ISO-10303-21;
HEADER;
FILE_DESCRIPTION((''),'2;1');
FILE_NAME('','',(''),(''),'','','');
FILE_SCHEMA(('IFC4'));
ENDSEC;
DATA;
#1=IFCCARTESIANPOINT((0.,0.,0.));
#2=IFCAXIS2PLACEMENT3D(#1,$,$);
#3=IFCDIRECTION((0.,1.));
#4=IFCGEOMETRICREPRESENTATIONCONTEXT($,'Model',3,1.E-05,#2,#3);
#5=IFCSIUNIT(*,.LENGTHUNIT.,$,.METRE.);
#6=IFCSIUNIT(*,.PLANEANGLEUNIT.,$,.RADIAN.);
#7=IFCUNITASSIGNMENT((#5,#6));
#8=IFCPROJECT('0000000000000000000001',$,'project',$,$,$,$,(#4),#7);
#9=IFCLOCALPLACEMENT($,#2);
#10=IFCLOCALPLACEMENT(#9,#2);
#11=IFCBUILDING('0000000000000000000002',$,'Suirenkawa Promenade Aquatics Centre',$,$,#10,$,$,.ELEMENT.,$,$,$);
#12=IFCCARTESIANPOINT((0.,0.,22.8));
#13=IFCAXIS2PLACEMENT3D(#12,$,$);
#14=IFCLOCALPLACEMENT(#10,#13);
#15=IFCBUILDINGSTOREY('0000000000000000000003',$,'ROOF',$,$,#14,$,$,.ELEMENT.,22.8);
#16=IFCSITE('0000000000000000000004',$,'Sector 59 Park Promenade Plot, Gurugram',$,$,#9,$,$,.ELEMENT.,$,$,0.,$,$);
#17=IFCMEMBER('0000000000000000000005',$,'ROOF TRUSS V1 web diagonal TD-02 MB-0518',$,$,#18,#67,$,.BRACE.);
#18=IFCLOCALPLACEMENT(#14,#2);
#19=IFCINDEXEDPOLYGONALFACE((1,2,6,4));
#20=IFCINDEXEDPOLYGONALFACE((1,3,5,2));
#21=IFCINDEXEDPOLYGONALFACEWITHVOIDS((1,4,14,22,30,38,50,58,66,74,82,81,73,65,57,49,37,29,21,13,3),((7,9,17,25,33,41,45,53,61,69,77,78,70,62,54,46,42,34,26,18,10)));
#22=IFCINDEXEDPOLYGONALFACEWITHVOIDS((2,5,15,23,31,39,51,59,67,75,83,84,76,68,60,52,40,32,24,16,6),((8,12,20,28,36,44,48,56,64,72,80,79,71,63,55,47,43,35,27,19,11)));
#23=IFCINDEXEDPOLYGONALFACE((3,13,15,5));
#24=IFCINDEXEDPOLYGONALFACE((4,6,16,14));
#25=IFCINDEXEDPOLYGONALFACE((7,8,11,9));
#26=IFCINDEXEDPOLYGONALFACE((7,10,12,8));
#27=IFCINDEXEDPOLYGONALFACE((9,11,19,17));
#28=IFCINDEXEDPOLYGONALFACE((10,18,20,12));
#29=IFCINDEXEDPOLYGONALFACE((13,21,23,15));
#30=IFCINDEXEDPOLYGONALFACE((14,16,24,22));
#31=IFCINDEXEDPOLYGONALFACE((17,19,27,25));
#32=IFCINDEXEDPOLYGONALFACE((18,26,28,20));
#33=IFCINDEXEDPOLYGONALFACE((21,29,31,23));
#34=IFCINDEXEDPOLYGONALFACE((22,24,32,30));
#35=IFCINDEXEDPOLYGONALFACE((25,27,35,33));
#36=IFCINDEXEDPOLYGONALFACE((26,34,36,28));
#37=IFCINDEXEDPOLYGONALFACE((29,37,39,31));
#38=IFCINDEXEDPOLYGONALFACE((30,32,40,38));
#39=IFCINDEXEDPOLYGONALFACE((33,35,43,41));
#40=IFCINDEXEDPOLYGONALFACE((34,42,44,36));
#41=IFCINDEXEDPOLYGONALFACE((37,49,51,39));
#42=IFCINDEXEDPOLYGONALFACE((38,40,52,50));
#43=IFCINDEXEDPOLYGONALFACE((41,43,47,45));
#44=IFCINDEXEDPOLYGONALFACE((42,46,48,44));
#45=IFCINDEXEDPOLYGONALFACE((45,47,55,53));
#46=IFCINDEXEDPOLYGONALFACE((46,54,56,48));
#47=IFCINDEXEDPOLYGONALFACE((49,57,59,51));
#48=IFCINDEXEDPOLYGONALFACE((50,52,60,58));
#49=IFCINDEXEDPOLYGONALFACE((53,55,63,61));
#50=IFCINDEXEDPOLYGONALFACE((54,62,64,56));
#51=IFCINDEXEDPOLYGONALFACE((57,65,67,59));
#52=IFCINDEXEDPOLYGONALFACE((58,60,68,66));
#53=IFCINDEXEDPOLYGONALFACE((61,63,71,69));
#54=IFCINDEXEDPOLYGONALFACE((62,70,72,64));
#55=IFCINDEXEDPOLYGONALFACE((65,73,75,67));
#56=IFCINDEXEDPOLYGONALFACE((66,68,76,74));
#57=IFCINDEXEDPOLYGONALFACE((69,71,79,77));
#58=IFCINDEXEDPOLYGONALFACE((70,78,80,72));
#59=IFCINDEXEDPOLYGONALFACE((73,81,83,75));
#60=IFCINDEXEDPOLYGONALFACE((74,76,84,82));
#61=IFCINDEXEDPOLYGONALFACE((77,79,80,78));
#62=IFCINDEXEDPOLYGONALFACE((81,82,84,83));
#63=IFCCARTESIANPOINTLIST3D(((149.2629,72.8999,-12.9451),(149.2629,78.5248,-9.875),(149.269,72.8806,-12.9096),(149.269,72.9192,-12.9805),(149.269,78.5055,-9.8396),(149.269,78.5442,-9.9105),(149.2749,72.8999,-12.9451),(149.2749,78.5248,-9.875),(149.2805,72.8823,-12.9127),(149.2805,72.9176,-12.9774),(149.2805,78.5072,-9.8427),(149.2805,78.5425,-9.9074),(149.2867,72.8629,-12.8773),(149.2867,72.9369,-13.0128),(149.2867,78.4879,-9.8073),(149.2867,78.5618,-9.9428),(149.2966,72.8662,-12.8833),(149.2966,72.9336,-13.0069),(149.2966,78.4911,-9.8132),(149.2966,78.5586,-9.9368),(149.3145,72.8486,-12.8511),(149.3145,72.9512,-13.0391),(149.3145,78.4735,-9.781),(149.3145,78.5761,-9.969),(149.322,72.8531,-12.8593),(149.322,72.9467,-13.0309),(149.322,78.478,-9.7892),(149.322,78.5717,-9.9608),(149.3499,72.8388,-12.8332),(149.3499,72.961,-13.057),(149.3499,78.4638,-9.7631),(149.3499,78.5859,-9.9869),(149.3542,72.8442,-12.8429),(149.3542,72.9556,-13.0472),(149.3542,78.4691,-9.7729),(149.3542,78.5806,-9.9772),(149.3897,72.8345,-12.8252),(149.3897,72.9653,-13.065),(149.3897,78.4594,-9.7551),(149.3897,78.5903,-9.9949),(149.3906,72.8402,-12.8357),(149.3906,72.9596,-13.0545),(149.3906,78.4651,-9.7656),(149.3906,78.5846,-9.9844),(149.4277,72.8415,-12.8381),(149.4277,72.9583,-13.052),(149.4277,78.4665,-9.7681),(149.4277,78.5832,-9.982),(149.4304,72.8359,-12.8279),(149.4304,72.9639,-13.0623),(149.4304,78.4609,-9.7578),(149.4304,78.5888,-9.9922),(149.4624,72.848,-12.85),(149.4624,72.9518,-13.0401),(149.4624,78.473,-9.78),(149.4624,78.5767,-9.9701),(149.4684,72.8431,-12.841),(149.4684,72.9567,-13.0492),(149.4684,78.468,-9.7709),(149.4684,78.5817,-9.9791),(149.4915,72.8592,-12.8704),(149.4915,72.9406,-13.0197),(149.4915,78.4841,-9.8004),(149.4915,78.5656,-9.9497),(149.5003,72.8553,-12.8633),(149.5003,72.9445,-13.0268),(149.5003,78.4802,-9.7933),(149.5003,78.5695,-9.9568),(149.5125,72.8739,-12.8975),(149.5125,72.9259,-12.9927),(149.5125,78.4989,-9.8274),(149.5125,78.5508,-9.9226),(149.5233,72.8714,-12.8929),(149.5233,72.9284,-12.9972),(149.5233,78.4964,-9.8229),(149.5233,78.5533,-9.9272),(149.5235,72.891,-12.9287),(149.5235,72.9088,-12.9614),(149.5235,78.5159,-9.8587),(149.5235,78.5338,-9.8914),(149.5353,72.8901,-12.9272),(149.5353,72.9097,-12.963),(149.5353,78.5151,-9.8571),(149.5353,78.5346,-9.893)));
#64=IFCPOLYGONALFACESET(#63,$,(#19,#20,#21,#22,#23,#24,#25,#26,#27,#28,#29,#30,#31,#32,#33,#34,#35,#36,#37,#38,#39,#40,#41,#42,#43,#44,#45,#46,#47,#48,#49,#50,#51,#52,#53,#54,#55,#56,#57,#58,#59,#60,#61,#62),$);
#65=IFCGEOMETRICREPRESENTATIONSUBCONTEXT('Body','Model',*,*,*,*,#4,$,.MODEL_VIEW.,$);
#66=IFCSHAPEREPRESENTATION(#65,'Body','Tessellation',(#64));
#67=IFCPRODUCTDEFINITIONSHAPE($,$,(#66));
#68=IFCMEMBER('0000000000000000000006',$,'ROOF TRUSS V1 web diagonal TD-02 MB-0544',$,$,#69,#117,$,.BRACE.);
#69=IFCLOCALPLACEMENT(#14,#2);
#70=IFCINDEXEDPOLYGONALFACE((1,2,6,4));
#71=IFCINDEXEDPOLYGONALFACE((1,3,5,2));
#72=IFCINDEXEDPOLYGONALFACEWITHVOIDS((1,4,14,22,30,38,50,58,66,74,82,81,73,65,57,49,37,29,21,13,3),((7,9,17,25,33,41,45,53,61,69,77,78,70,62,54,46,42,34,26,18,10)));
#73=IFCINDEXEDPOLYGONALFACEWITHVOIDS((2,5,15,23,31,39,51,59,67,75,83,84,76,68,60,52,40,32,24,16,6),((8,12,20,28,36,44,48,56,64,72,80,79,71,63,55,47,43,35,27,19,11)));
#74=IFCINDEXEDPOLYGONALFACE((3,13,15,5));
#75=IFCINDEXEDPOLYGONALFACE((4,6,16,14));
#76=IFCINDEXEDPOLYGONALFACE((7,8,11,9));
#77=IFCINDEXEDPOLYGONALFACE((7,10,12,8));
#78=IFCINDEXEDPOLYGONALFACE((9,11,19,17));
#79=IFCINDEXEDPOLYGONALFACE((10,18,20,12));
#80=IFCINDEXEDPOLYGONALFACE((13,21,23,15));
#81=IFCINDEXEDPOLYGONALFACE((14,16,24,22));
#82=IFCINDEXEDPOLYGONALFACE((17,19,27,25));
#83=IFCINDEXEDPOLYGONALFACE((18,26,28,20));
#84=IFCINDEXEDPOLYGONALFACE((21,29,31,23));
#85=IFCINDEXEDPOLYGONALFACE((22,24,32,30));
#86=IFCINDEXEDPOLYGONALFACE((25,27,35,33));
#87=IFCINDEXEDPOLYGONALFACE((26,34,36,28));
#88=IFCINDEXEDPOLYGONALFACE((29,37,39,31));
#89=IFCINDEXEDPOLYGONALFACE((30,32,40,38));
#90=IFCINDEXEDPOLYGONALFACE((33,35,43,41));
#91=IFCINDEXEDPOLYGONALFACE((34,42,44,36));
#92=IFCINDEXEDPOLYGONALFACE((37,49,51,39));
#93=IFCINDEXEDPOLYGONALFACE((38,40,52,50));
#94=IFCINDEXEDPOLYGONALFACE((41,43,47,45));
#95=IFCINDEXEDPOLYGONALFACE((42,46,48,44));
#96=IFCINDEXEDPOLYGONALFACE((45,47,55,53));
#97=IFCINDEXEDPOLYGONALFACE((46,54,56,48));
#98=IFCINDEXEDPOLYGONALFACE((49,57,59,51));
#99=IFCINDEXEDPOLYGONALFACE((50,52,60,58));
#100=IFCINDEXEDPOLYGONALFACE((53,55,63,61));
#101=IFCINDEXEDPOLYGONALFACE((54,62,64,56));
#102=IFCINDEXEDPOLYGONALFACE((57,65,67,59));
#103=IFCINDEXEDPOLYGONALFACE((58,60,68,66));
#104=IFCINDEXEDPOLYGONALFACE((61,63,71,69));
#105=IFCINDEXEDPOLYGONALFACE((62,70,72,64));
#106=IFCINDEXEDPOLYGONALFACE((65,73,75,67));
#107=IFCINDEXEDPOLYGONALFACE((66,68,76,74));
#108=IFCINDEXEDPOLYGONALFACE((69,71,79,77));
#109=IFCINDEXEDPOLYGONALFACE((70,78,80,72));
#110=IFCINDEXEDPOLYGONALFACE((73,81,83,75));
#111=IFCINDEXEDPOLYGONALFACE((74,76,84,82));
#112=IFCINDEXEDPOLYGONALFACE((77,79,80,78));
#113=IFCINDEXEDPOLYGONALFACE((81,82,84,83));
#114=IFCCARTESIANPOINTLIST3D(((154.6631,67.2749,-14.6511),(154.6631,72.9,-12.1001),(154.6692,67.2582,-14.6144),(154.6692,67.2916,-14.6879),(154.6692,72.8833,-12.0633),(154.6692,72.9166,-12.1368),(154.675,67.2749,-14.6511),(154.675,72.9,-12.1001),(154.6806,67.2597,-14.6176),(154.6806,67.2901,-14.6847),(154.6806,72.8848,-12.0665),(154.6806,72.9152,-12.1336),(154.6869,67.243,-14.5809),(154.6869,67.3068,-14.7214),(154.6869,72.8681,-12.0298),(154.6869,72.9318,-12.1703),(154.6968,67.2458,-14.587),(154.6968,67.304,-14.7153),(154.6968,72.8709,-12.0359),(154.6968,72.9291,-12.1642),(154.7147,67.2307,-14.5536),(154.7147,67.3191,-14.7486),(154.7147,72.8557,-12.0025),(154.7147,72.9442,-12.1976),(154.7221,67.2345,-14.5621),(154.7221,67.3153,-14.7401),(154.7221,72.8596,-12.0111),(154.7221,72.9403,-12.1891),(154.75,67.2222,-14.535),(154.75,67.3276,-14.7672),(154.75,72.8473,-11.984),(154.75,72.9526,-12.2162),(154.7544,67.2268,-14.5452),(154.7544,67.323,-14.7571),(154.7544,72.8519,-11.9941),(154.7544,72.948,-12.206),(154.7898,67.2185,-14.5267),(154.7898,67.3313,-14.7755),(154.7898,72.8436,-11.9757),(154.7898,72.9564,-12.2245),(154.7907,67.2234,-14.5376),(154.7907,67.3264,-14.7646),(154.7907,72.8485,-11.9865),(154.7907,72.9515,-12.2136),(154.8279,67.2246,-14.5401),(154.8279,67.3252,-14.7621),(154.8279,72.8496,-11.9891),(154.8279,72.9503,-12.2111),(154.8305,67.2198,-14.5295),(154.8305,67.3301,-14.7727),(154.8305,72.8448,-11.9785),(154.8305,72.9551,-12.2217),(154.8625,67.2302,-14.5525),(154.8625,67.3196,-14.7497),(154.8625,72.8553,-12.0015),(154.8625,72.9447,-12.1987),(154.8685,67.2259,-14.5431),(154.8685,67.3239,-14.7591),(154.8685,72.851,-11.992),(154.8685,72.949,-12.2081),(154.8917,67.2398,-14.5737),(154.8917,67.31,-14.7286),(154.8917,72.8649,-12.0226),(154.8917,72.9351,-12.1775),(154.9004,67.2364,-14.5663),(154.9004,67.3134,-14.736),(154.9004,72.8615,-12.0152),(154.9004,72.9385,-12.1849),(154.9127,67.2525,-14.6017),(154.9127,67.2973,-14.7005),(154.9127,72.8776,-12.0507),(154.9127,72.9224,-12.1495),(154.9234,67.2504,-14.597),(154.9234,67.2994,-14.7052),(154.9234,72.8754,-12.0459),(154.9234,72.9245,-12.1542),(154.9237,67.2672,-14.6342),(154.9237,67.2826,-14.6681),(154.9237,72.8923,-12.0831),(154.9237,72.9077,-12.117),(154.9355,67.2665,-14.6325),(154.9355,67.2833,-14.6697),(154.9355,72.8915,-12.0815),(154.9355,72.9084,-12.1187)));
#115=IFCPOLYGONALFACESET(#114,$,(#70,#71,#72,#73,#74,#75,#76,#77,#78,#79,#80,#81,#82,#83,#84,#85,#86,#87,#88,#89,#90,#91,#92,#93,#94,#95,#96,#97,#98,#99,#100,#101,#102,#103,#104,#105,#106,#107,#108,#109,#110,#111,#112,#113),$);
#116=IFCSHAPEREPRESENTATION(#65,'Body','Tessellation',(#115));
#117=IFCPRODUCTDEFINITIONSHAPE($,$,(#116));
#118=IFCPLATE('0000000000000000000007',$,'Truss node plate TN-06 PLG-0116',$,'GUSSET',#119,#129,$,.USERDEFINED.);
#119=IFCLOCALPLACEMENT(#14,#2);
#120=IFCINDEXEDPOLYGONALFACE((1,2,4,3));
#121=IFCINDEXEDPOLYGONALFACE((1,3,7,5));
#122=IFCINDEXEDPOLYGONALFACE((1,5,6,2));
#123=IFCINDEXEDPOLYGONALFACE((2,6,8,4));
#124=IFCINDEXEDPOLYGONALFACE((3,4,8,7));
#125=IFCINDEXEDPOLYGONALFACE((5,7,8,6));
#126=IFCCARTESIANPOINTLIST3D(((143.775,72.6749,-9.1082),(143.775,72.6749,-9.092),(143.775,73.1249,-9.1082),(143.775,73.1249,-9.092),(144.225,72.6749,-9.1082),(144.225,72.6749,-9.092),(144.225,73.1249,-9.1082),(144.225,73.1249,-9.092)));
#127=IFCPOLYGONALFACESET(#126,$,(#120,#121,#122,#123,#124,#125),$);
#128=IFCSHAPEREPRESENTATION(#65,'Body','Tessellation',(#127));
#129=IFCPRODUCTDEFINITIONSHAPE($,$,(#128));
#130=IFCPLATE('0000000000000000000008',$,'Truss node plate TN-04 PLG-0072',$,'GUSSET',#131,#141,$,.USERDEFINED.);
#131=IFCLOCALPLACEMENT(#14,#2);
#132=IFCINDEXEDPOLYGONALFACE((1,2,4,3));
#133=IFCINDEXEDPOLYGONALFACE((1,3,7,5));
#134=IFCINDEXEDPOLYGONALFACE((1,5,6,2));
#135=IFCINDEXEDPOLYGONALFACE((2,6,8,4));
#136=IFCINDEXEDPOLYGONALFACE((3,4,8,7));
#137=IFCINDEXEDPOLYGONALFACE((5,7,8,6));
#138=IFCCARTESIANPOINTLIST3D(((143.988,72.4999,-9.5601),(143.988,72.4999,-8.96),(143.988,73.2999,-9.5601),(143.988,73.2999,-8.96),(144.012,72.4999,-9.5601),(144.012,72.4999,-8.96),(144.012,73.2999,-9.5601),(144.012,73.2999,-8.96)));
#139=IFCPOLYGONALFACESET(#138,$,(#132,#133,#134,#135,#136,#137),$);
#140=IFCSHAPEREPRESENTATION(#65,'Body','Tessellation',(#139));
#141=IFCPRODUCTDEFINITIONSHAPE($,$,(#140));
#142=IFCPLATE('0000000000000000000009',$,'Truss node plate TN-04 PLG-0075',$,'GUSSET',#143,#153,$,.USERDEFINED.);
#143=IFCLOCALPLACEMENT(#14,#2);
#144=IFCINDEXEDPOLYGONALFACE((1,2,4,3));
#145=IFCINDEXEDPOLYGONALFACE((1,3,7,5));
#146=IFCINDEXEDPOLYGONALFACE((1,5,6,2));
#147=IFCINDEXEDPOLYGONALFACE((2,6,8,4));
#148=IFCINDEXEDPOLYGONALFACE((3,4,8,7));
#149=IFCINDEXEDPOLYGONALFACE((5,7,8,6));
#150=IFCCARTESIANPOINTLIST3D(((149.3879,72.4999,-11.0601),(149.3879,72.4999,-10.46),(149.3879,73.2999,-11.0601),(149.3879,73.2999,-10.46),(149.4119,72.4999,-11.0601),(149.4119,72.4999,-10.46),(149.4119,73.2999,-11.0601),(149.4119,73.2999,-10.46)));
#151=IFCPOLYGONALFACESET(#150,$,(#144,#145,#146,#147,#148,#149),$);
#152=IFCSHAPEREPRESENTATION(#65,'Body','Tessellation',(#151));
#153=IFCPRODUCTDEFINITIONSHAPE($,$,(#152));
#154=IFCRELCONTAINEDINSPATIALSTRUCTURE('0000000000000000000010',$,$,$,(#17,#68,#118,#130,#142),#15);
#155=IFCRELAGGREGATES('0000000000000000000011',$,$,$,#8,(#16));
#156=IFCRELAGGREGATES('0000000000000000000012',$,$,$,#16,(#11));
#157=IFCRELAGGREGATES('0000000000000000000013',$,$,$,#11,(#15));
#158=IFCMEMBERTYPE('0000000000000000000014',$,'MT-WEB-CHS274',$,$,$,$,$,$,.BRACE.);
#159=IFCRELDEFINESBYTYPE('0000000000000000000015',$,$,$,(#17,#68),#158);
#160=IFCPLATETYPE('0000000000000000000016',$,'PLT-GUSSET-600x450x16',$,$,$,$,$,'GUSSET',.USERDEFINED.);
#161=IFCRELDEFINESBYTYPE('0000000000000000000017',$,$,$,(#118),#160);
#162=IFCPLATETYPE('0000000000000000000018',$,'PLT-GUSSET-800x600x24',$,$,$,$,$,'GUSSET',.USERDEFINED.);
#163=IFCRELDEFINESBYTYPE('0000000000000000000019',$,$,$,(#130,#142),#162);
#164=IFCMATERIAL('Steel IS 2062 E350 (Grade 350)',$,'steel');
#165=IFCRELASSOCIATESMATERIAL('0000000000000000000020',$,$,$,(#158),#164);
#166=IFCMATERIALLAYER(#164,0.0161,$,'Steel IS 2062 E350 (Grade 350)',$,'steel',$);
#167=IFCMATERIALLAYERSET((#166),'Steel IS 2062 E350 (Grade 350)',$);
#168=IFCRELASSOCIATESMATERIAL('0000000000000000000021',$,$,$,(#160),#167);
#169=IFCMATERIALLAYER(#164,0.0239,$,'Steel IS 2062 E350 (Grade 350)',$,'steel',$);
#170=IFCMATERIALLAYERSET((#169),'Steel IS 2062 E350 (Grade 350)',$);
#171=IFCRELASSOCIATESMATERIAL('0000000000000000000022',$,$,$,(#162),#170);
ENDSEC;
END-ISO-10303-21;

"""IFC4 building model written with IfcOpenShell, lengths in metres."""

from ifc_helpers import new_model, si_unit, direction, frame, origin, origin_2d, place, context, subcontext, project, spatial, rectangle, hollow_circle, extrude, material, layer, layer_set, material_profile, profile_set, type_object, element, save


model = new_model("IFC4")

# Units and contexts
model_context = context("Model", 3, precision=1e-05, world=origin(), true_north=direction((0.0, 1.0)))
body_context = subcontext(model_context, "Body", "Model", "MODEL_VIEW")
ifc_project = project(units=[si_unit("LENGTHUNIT", "METRE"), si_unit("PLANEANGLEUNIT", "RADIAN")], contexts=[model_context])

# Site, building, storey
site_placement = place(None, origin())
site = spatial("IfcSite", under=ifc_project, at=site_placement, Name="Sector 59 Park Promenade Plot, Gurugram", CompositionType="ELEMENT", RefElevation=0.0)
building_placement = place(site_placement, origin())
building = spatial("IfcBuilding", under=site, at=building_placement, Name="Suirenkawa Promenade Aquatics Centre", CompositionType="ELEMENT")
storey_placement = place(building_placement, frame((0.0, 0.0, 22.8)))
storey = spatial("IfcBuildingStorey", under=building, at=storey_placement, Name="ROOF", CompositionType="ELEMENT", Elevation=22.8)

# Shared definitions
ifc_material = material(Name="Steel IS 2062 E350 (Grade 350)", Category="steel")

# Members
ifc_material_profile_1 = material_profile(ifc_material, hollow_circle(Radius=0.137, WallThickness=0.012, at=origin_2d()), Name="CHS 274x12", Category="steel")
ifc_profile_set_1 = profile_set([ifc_material_profile_1], Name="Steel IS 2062 E350 (Grade 350)")
member_type_1 = type_object("IfcMemberType", Name="MT-WEB-CHS274", PredefinedType="BRACE", material=ifc_profile_set_1)
member_1_placement = place(storey_placement, frame((149.3999, 72.8999, -12.9451), z_axis=(0.0, 0.877772, 0.479079), x_axis=(-1.0, 0.0, 0.0)))
element("IfcMember", 1, at=member_1_placement, inside=storey, type_object=member_type_1, Name="ROOF TRUSS V1 web diagonal TD-02 MB-0518", PredefinedType="BRACE", context=body_context, shape_type="SweptSolid", body=[
    extrude(hollow_circle(Radius=0.137, WallThickness=0.012, at=origin_2d()), origin(), (0.0, 0.0, 1.0), 6.4082),
])
member_2_placement = place(storey_placement, frame((154.8, 67.2749, -14.6511), z_axis=(0.0, 0.910719, 0.413026), x_axis=(-1.0, 0.0, 0.0)))
element("IfcMember", 2, at=member_2_placement, inside=storey, type_object=member_type_1, Name="ROOF TRUSS V1 web diagonal TD-02 MB-0544", PredefinedType="BRACE", context=body_context, shape_type="SweptSolid", body=[
    extrude(hollow_circle(Radius=0.137, WallThickness=0.012, at=origin_2d()), origin(), (0.0, 0.0, 1.0), 6.1765),
])

# Plates
ifc_layer_1 = layer(ifc_material, 0.0161, Name="Steel IS 2062 E350 (Grade 350)", Category="steel")
ifc_layer_set_1 = layer_set([ifc_layer_1], Name="Steel IS 2062 E350 (Grade 350)")
plate_type_1 = type_object("IfcPlateType", Name="PLT-GUSSET-600x450x16", ElementType="GUSSET", PredefinedType="USERDEFINED", material=ifc_layer_set_1)
plate_placement = place(storey_placement, frame((144.0, 72.8999, -9.1082), z_axis=(0.0, 0.0, 1.0), x_axis=(1.0, 0.0, 0.0)))
element("IfcPlate", 3, at=plate_placement, inside=storey, type_object=plate_type_1, Name="Truss node plate TN-06 PLG-0116", ObjectType="GUSSET", PredefinedType="USERDEFINED", context=body_context, shape_type="SweptSolid", body=[
    extrude(rectangle(XDim=0.45, YDim=0.45, at=origin_2d()), origin(), (0.0, 0.0, 1.0), 0.0161),
])
ifc_layer_2 = layer(ifc_material, 0.0239, Name="Steel IS 2062 E350 (Grade 350)", Category="steel")
ifc_layer_set_2 = layer_set([ifc_layer_2], Name="Steel IS 2062 E350 (Grade 350)")
plate_type_2 = type_object("IfcPlateType", Name="PLT-GUSSET-800x600x24", ElementType="GUSSET", PredefinedType="USERDEFINED", material=ifc_layer_set_2)
for number, where, z_axis, x_axis, name in (
    (4, (144.0, 72.8999, -9.5601), (0.0, 0.0, 1.0), (0.0, 1.0, 0.0), "Truss node plate TN-04 PLG-0072"),
    (5, (149.3999, 72.8999, -11.0601), (0.0, 0.0, 1.0), (0.0, 1.0, 0.0), "Truss node plate TN-04 PLG-0075"),
):
    element("IfcPlate", number, at=place(storey_placement, frame(where, z_axis=z_axis, x_axis=x_axis)), inside=storey, type_object=plate_type_2, Name=name, ObjectType="GUSSET", PredefinedType="USERDEFINED", context=body_context, shape_type="SweptSolid", body=[
        extrude(rectangle(XDim=0.8, YDim=0.0239, at=origin_2d()), origin(), (0.0, 0.0, 1.0), 0.6001),
    ])

save(model, "model.ifc")
